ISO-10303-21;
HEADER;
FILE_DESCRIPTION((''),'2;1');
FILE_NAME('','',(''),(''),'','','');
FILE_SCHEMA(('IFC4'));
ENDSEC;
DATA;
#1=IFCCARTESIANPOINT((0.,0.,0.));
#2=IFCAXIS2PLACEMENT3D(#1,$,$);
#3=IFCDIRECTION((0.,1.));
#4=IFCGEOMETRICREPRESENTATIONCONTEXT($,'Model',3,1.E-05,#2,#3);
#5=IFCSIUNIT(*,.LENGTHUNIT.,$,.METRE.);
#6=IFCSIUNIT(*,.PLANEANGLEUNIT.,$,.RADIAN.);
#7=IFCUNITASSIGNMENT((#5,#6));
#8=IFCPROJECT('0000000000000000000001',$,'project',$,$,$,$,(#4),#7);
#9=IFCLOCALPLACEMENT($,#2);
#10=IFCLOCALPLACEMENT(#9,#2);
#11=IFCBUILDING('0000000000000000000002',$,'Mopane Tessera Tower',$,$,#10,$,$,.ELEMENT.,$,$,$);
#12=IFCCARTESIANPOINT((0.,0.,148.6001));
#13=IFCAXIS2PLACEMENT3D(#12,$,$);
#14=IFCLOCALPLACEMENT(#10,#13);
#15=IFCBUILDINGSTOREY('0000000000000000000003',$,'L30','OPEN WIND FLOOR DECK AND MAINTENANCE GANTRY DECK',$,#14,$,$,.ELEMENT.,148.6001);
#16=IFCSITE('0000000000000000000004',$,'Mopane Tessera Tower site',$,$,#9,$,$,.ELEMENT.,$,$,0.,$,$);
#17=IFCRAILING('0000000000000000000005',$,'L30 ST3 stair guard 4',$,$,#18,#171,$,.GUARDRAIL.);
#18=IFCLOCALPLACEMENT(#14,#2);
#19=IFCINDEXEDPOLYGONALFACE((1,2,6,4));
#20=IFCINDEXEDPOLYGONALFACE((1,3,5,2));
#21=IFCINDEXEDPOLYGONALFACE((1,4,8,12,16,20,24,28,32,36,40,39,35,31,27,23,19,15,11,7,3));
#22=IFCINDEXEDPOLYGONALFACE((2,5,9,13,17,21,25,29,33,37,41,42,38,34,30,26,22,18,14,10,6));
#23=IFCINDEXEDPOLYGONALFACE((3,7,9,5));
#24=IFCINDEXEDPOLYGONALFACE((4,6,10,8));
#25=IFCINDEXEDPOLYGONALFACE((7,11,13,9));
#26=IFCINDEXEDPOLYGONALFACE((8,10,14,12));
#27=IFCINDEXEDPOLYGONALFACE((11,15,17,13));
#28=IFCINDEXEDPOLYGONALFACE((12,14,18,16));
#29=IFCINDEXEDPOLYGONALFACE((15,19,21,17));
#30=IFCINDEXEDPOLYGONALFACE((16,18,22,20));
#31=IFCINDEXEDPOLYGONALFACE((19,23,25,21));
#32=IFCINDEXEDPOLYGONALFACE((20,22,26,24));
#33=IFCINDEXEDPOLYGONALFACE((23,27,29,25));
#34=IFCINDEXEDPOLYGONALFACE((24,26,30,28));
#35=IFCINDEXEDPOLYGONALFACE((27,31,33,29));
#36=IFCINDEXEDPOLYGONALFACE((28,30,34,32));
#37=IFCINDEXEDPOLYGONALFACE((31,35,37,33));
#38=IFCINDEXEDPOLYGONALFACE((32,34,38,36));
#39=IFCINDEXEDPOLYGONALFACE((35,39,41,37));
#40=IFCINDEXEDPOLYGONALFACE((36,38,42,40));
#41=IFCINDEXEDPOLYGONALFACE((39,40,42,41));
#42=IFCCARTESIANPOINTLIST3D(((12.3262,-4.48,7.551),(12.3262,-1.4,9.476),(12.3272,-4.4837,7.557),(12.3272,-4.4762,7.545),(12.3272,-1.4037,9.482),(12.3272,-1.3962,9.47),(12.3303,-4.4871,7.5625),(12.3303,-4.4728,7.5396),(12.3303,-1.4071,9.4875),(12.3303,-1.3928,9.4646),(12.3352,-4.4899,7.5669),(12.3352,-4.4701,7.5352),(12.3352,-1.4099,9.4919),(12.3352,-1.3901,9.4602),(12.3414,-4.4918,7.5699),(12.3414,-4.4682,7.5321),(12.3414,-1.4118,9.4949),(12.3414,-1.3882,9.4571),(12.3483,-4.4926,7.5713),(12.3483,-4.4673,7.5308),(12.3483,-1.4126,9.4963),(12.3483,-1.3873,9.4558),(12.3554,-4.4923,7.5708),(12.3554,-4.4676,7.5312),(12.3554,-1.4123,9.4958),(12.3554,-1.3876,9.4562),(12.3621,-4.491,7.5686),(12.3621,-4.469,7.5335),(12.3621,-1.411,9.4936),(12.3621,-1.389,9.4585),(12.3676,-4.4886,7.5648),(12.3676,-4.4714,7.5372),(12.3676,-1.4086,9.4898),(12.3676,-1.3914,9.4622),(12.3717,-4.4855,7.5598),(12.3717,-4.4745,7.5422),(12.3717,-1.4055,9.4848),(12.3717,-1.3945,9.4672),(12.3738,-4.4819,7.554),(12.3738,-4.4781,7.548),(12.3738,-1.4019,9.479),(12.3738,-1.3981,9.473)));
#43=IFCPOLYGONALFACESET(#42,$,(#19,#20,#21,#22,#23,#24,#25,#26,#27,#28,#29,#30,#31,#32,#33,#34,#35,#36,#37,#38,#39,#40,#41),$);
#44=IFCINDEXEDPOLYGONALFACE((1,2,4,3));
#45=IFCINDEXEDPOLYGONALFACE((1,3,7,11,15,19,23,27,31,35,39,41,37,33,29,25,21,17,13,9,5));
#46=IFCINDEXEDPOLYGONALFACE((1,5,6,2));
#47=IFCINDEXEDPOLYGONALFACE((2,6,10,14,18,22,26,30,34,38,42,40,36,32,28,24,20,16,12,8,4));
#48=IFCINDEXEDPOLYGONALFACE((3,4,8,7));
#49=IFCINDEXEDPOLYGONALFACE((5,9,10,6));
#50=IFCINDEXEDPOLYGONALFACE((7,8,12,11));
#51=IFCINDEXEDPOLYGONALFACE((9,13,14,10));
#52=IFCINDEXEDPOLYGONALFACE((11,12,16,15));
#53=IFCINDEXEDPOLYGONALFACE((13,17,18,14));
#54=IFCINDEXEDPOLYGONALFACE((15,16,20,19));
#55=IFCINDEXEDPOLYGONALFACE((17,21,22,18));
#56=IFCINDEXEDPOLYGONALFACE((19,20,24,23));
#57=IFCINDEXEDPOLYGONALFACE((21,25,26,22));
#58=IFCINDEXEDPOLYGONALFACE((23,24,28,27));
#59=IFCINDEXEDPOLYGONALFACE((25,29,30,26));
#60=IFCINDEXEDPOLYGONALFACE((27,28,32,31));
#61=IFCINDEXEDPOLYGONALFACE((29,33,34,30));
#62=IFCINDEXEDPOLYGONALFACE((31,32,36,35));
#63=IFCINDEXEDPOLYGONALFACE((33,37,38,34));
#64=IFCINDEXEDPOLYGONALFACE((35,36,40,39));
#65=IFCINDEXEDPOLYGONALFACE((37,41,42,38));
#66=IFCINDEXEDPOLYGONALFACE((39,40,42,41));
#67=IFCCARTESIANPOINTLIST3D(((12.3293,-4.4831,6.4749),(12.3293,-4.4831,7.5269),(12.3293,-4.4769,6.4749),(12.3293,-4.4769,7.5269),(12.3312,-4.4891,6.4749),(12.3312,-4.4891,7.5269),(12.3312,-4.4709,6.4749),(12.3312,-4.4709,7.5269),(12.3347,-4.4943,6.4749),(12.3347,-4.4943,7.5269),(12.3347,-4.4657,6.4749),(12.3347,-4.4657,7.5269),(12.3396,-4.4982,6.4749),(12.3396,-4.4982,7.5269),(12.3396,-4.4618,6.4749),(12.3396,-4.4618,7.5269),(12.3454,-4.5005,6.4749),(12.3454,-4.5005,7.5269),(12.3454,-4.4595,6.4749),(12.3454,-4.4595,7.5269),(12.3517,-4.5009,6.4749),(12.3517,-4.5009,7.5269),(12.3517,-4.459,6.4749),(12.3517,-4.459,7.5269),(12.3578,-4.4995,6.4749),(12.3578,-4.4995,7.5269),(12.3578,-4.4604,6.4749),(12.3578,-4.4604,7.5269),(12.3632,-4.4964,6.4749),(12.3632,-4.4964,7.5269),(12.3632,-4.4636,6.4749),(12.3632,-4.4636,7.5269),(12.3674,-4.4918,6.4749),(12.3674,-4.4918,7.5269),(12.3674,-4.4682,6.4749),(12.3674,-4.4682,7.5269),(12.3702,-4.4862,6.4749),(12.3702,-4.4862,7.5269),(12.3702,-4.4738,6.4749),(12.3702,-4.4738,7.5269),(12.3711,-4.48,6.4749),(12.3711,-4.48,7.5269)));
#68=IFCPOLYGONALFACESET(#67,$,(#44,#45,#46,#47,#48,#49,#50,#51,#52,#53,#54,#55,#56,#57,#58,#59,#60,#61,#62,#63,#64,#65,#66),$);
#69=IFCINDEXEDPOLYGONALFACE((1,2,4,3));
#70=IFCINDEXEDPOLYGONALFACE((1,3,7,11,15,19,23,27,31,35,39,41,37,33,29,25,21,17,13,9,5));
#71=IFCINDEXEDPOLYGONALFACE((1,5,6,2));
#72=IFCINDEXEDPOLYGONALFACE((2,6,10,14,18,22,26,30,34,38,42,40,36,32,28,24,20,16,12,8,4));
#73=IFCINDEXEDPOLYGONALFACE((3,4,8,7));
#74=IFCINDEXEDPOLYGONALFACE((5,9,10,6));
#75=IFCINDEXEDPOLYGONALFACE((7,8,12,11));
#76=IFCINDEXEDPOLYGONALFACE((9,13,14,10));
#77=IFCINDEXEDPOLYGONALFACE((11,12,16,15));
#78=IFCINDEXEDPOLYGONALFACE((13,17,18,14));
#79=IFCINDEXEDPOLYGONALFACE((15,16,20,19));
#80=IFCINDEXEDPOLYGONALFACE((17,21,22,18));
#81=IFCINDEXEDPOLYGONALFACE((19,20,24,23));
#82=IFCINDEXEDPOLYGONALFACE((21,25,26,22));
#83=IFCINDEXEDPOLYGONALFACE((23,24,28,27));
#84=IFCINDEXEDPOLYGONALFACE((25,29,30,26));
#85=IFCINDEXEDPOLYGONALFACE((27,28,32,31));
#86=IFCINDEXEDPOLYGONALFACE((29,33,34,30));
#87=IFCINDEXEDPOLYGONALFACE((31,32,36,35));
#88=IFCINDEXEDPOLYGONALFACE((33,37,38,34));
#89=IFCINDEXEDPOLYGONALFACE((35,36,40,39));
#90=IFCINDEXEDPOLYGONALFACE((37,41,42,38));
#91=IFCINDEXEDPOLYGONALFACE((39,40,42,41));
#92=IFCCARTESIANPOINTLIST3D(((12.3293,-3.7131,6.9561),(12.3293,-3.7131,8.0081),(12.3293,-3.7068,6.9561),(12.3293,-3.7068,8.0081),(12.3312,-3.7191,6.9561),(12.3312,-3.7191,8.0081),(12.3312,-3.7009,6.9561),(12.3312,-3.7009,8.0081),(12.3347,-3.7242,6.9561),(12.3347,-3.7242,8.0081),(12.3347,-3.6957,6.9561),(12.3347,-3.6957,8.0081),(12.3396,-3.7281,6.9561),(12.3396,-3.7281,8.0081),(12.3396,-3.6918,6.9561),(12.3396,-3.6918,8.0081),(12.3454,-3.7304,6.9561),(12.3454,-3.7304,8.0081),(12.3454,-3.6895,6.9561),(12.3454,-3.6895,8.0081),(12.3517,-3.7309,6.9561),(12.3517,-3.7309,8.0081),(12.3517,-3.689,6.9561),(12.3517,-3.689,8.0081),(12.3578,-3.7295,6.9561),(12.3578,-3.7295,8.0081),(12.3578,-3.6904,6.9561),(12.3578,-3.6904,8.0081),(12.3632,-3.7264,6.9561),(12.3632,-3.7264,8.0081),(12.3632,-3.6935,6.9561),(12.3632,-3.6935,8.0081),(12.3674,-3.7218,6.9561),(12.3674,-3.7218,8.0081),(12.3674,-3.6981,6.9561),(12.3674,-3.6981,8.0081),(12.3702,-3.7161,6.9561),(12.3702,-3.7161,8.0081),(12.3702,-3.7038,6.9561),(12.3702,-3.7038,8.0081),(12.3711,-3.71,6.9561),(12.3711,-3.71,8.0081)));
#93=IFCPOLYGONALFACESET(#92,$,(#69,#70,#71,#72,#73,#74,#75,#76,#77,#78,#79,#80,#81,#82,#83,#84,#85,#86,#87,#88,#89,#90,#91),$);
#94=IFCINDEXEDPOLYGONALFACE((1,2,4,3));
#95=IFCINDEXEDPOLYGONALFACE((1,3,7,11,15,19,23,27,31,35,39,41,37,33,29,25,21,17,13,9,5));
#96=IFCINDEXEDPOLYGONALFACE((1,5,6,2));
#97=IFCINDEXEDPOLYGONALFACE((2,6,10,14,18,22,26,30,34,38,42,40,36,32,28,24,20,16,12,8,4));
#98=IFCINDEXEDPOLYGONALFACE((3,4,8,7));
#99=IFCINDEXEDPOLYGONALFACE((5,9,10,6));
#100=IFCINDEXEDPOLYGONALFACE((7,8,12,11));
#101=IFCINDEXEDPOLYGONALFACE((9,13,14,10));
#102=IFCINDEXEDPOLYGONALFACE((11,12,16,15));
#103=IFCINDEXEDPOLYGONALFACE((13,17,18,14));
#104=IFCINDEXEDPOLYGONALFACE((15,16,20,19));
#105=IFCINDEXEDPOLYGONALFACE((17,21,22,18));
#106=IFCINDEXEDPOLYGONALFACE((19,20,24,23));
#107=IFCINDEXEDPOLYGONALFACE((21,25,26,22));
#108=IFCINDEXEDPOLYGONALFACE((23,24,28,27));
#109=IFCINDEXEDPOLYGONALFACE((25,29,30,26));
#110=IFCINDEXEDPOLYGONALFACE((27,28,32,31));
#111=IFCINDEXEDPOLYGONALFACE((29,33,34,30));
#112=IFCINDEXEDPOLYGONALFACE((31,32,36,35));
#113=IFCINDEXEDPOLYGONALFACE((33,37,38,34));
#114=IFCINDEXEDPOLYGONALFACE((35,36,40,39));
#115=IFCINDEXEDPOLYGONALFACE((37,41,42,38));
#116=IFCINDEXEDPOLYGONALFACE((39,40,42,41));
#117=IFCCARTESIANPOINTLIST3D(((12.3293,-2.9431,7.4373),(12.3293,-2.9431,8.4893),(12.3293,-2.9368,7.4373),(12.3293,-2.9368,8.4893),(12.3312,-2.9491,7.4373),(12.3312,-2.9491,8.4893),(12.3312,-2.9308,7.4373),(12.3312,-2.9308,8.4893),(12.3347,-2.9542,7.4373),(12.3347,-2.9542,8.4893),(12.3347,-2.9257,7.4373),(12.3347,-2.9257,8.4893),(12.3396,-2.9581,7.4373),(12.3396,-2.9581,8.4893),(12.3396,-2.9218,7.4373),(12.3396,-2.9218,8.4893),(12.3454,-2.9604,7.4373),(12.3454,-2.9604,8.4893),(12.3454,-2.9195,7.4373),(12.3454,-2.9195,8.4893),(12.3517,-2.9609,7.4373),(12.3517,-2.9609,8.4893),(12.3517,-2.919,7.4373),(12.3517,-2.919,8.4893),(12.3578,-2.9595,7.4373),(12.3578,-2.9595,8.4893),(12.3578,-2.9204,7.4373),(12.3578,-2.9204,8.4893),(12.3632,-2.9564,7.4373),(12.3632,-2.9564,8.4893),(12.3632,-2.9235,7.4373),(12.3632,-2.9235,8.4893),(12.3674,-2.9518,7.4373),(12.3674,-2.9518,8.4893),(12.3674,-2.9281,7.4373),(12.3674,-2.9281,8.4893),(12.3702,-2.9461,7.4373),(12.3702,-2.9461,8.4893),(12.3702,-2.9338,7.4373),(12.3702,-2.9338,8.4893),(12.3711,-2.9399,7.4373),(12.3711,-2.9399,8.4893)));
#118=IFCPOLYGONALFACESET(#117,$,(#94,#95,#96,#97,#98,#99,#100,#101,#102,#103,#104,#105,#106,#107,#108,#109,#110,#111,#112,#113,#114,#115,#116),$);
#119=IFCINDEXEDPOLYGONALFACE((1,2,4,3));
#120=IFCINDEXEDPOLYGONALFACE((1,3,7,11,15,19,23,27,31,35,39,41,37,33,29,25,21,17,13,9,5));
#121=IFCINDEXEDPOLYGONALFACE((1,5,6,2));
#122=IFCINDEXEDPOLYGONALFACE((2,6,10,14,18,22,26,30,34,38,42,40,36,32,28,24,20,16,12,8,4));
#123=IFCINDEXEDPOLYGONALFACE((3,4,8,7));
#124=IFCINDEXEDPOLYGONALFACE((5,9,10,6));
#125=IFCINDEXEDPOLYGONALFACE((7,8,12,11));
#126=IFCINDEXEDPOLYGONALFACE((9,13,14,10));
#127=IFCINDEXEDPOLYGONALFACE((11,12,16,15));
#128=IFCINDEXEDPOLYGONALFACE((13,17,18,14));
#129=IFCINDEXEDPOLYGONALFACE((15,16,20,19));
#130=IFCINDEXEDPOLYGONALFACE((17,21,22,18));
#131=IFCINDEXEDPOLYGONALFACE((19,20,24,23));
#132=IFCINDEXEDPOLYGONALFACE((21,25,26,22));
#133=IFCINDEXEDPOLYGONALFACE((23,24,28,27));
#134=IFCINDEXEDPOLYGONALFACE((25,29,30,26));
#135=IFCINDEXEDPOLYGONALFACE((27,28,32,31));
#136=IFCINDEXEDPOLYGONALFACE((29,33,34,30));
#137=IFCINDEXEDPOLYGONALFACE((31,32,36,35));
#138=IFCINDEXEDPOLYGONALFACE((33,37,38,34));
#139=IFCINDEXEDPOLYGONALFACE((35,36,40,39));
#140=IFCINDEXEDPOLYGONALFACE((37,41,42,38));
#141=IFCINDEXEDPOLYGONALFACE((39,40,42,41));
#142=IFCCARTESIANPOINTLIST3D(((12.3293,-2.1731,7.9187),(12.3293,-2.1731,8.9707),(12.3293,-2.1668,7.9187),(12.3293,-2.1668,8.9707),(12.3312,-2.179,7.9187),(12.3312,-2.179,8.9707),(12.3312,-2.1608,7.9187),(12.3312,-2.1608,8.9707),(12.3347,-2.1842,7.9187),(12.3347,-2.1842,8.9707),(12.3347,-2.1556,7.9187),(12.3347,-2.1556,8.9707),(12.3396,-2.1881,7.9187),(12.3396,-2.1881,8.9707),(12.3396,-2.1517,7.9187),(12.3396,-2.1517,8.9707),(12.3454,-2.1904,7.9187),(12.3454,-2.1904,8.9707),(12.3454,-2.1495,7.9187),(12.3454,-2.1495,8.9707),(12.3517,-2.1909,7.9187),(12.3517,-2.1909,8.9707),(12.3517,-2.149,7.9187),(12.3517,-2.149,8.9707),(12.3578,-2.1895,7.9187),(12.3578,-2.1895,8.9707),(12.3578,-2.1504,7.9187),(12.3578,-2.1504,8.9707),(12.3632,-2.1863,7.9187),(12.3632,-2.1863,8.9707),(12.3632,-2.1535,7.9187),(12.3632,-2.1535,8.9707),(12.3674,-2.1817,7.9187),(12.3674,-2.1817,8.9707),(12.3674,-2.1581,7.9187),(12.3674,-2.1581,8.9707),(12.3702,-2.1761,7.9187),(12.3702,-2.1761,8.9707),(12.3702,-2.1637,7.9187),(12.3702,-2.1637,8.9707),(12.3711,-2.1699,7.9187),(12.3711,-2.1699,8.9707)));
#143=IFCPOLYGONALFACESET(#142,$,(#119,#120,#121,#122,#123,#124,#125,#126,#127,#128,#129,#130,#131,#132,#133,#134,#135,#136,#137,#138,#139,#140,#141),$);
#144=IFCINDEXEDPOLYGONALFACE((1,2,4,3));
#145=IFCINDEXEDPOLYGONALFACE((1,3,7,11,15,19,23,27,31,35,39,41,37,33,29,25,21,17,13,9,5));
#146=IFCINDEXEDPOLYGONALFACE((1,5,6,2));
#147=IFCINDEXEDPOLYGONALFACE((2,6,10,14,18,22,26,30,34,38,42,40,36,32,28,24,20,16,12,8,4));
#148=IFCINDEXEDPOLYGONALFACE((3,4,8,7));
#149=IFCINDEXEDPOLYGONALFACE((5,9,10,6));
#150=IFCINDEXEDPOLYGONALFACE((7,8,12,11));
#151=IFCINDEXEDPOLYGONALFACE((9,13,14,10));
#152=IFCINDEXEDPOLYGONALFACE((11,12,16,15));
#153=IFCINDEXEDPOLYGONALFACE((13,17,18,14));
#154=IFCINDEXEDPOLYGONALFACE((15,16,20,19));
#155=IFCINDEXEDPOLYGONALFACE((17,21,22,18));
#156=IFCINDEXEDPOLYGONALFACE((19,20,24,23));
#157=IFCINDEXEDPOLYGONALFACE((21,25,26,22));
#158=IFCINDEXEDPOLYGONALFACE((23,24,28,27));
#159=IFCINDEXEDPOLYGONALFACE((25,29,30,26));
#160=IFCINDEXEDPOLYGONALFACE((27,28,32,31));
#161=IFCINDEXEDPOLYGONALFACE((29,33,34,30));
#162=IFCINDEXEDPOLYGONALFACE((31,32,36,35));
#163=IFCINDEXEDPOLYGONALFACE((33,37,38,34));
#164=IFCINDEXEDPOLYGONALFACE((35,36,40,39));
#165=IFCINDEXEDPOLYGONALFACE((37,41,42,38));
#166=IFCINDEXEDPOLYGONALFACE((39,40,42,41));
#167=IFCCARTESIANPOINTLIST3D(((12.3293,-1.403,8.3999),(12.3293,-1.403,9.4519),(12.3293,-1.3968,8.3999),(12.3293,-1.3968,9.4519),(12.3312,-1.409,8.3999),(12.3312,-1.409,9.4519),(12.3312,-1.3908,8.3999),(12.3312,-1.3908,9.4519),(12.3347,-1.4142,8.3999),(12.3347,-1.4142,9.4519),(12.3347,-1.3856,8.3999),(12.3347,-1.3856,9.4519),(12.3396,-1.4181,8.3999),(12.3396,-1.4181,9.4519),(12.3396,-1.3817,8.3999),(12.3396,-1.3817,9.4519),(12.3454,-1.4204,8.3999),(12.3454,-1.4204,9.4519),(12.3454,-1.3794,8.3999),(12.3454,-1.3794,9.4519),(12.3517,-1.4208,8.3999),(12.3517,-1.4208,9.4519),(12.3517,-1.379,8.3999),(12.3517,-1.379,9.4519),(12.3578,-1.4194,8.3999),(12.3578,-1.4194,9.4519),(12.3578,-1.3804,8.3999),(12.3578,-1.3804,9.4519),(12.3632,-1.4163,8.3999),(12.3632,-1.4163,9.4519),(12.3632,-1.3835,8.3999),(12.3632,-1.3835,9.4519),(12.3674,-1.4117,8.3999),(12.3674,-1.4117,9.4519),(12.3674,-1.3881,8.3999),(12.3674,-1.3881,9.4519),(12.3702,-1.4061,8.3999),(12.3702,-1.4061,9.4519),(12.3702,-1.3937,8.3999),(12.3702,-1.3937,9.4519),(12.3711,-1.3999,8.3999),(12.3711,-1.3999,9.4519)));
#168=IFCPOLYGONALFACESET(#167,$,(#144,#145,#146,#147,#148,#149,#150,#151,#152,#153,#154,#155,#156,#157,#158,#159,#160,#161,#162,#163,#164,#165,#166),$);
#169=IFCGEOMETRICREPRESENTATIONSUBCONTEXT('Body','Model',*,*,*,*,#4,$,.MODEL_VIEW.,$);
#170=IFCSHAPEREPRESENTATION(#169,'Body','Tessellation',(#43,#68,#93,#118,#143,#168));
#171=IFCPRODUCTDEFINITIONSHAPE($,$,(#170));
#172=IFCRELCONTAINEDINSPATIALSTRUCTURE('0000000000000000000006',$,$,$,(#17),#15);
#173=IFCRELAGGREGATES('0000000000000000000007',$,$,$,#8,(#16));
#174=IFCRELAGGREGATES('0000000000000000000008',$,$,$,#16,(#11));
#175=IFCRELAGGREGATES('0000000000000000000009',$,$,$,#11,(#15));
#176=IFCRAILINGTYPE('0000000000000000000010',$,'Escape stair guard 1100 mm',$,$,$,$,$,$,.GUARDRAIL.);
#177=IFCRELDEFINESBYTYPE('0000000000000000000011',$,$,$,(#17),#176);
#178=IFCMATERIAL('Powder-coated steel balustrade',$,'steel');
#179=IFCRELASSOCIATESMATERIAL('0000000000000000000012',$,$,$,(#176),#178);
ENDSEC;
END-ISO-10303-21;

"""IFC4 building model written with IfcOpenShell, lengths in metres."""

from ifc_helpers import new_model, si_unit, direction, frame, origin, origin_2d, place, context, subcontext, project, spatial, circle, extrude, material, type_object, element, save


model = new_model("IFC4")

# Units and contexts
model_context = context("Model", 3, precision=1e-05, world=origin(), true_north=direction((0.0, 1.0)))
body_context = subcontext(model_context, "Body", "Model", "MODEL_VIEW")
ifc_project = project(units=[si_unit("LENGTHUNIT", "METRE"), si_unit("PLANEANGLEUNIT", "RADIAN")], contexts=[model_context])

# Site, building, storey
site_placement = place(None, origin())
site = spatial("IfcSite", under=ifc_project, at=site_placement, Name="Mopane Tessera Tower site", CompositionType="ELEMENT", RefElevation=0.0)
building_placement = place(site_placement, origin())
building = spatial("IfcBuilding", under=site, at=building_placement, Name="Mopane Tessera Tower", CompositionType="ELEMENT")
storey_placement = place(building_placement, frame((0.0, 0.0, 148.6001)))
storey = spatial("IfcBuildingStorey", under=building, at=storey_placement, Name="L30", Description="OPEN WIND FLOOR DECK AND MAINTENANCE GANTRY DECK", CompositionType="ELEMENT", Elevation=148.6001)

# Railing
ifc_material_1 = material(Name="Powder-coated steel balustrade", Category="steel")
railing_type_1 = type_object("IfcRailingType", Name="Escape stair guard 1100 mm", PredefinedType="GUARDRAIL", material=ifc_material_1)
railing_1_placement = place(storey_placement, frame((12.3501, -4.48, 6.4749)))
element("IfcRailing", 1, at=railing_1_placement, inside=storey, type_object=railing_type_1, Name="L30 ST3 stair guard 4", PredefinedType="GUARDRAIL", context=body_context, shape_type="SweptSolid", body=[
    extrude(circle(Radius=0.0239, at=origin_2d()), frame((0.0, 0.0, 1.0762), z_axis=(0.0, 0.847998, 0.529999), x_axis=(-1.0, 0.0, 0.0)), (0.0, 0.0, 1.0), 3.6321),
    extrude(circle(Radius=0.021, at=origin_2d()), origin(), (0.0, 0.0, 1.0), 1.052),
    extrude(circle(Radius=0.021, at=origin_2d()), frame((0.0, 0.77, 0.4812)), (0.0, 0.0, 1.0), 1.052),
    extrude(circle(Radius=0.021, at=origin_2d()), frame((0.0, 1.54, 0.9624)), (0.0, 0.0, 1.0), 1.052),
    extrude(circle(Radius=0.021, at=origin_2d()), frame((0.0, 2.3101, 1.4438)), (0.0, 0.0, 1.0), 1.052),
    extrude(circle(Radius=0.021, at=origin_2d()), frame((0.0, 3.0801, 1.925)), (0.0, 0.0, 1.0), 1.052),
])

save(model, "model.ifc")
